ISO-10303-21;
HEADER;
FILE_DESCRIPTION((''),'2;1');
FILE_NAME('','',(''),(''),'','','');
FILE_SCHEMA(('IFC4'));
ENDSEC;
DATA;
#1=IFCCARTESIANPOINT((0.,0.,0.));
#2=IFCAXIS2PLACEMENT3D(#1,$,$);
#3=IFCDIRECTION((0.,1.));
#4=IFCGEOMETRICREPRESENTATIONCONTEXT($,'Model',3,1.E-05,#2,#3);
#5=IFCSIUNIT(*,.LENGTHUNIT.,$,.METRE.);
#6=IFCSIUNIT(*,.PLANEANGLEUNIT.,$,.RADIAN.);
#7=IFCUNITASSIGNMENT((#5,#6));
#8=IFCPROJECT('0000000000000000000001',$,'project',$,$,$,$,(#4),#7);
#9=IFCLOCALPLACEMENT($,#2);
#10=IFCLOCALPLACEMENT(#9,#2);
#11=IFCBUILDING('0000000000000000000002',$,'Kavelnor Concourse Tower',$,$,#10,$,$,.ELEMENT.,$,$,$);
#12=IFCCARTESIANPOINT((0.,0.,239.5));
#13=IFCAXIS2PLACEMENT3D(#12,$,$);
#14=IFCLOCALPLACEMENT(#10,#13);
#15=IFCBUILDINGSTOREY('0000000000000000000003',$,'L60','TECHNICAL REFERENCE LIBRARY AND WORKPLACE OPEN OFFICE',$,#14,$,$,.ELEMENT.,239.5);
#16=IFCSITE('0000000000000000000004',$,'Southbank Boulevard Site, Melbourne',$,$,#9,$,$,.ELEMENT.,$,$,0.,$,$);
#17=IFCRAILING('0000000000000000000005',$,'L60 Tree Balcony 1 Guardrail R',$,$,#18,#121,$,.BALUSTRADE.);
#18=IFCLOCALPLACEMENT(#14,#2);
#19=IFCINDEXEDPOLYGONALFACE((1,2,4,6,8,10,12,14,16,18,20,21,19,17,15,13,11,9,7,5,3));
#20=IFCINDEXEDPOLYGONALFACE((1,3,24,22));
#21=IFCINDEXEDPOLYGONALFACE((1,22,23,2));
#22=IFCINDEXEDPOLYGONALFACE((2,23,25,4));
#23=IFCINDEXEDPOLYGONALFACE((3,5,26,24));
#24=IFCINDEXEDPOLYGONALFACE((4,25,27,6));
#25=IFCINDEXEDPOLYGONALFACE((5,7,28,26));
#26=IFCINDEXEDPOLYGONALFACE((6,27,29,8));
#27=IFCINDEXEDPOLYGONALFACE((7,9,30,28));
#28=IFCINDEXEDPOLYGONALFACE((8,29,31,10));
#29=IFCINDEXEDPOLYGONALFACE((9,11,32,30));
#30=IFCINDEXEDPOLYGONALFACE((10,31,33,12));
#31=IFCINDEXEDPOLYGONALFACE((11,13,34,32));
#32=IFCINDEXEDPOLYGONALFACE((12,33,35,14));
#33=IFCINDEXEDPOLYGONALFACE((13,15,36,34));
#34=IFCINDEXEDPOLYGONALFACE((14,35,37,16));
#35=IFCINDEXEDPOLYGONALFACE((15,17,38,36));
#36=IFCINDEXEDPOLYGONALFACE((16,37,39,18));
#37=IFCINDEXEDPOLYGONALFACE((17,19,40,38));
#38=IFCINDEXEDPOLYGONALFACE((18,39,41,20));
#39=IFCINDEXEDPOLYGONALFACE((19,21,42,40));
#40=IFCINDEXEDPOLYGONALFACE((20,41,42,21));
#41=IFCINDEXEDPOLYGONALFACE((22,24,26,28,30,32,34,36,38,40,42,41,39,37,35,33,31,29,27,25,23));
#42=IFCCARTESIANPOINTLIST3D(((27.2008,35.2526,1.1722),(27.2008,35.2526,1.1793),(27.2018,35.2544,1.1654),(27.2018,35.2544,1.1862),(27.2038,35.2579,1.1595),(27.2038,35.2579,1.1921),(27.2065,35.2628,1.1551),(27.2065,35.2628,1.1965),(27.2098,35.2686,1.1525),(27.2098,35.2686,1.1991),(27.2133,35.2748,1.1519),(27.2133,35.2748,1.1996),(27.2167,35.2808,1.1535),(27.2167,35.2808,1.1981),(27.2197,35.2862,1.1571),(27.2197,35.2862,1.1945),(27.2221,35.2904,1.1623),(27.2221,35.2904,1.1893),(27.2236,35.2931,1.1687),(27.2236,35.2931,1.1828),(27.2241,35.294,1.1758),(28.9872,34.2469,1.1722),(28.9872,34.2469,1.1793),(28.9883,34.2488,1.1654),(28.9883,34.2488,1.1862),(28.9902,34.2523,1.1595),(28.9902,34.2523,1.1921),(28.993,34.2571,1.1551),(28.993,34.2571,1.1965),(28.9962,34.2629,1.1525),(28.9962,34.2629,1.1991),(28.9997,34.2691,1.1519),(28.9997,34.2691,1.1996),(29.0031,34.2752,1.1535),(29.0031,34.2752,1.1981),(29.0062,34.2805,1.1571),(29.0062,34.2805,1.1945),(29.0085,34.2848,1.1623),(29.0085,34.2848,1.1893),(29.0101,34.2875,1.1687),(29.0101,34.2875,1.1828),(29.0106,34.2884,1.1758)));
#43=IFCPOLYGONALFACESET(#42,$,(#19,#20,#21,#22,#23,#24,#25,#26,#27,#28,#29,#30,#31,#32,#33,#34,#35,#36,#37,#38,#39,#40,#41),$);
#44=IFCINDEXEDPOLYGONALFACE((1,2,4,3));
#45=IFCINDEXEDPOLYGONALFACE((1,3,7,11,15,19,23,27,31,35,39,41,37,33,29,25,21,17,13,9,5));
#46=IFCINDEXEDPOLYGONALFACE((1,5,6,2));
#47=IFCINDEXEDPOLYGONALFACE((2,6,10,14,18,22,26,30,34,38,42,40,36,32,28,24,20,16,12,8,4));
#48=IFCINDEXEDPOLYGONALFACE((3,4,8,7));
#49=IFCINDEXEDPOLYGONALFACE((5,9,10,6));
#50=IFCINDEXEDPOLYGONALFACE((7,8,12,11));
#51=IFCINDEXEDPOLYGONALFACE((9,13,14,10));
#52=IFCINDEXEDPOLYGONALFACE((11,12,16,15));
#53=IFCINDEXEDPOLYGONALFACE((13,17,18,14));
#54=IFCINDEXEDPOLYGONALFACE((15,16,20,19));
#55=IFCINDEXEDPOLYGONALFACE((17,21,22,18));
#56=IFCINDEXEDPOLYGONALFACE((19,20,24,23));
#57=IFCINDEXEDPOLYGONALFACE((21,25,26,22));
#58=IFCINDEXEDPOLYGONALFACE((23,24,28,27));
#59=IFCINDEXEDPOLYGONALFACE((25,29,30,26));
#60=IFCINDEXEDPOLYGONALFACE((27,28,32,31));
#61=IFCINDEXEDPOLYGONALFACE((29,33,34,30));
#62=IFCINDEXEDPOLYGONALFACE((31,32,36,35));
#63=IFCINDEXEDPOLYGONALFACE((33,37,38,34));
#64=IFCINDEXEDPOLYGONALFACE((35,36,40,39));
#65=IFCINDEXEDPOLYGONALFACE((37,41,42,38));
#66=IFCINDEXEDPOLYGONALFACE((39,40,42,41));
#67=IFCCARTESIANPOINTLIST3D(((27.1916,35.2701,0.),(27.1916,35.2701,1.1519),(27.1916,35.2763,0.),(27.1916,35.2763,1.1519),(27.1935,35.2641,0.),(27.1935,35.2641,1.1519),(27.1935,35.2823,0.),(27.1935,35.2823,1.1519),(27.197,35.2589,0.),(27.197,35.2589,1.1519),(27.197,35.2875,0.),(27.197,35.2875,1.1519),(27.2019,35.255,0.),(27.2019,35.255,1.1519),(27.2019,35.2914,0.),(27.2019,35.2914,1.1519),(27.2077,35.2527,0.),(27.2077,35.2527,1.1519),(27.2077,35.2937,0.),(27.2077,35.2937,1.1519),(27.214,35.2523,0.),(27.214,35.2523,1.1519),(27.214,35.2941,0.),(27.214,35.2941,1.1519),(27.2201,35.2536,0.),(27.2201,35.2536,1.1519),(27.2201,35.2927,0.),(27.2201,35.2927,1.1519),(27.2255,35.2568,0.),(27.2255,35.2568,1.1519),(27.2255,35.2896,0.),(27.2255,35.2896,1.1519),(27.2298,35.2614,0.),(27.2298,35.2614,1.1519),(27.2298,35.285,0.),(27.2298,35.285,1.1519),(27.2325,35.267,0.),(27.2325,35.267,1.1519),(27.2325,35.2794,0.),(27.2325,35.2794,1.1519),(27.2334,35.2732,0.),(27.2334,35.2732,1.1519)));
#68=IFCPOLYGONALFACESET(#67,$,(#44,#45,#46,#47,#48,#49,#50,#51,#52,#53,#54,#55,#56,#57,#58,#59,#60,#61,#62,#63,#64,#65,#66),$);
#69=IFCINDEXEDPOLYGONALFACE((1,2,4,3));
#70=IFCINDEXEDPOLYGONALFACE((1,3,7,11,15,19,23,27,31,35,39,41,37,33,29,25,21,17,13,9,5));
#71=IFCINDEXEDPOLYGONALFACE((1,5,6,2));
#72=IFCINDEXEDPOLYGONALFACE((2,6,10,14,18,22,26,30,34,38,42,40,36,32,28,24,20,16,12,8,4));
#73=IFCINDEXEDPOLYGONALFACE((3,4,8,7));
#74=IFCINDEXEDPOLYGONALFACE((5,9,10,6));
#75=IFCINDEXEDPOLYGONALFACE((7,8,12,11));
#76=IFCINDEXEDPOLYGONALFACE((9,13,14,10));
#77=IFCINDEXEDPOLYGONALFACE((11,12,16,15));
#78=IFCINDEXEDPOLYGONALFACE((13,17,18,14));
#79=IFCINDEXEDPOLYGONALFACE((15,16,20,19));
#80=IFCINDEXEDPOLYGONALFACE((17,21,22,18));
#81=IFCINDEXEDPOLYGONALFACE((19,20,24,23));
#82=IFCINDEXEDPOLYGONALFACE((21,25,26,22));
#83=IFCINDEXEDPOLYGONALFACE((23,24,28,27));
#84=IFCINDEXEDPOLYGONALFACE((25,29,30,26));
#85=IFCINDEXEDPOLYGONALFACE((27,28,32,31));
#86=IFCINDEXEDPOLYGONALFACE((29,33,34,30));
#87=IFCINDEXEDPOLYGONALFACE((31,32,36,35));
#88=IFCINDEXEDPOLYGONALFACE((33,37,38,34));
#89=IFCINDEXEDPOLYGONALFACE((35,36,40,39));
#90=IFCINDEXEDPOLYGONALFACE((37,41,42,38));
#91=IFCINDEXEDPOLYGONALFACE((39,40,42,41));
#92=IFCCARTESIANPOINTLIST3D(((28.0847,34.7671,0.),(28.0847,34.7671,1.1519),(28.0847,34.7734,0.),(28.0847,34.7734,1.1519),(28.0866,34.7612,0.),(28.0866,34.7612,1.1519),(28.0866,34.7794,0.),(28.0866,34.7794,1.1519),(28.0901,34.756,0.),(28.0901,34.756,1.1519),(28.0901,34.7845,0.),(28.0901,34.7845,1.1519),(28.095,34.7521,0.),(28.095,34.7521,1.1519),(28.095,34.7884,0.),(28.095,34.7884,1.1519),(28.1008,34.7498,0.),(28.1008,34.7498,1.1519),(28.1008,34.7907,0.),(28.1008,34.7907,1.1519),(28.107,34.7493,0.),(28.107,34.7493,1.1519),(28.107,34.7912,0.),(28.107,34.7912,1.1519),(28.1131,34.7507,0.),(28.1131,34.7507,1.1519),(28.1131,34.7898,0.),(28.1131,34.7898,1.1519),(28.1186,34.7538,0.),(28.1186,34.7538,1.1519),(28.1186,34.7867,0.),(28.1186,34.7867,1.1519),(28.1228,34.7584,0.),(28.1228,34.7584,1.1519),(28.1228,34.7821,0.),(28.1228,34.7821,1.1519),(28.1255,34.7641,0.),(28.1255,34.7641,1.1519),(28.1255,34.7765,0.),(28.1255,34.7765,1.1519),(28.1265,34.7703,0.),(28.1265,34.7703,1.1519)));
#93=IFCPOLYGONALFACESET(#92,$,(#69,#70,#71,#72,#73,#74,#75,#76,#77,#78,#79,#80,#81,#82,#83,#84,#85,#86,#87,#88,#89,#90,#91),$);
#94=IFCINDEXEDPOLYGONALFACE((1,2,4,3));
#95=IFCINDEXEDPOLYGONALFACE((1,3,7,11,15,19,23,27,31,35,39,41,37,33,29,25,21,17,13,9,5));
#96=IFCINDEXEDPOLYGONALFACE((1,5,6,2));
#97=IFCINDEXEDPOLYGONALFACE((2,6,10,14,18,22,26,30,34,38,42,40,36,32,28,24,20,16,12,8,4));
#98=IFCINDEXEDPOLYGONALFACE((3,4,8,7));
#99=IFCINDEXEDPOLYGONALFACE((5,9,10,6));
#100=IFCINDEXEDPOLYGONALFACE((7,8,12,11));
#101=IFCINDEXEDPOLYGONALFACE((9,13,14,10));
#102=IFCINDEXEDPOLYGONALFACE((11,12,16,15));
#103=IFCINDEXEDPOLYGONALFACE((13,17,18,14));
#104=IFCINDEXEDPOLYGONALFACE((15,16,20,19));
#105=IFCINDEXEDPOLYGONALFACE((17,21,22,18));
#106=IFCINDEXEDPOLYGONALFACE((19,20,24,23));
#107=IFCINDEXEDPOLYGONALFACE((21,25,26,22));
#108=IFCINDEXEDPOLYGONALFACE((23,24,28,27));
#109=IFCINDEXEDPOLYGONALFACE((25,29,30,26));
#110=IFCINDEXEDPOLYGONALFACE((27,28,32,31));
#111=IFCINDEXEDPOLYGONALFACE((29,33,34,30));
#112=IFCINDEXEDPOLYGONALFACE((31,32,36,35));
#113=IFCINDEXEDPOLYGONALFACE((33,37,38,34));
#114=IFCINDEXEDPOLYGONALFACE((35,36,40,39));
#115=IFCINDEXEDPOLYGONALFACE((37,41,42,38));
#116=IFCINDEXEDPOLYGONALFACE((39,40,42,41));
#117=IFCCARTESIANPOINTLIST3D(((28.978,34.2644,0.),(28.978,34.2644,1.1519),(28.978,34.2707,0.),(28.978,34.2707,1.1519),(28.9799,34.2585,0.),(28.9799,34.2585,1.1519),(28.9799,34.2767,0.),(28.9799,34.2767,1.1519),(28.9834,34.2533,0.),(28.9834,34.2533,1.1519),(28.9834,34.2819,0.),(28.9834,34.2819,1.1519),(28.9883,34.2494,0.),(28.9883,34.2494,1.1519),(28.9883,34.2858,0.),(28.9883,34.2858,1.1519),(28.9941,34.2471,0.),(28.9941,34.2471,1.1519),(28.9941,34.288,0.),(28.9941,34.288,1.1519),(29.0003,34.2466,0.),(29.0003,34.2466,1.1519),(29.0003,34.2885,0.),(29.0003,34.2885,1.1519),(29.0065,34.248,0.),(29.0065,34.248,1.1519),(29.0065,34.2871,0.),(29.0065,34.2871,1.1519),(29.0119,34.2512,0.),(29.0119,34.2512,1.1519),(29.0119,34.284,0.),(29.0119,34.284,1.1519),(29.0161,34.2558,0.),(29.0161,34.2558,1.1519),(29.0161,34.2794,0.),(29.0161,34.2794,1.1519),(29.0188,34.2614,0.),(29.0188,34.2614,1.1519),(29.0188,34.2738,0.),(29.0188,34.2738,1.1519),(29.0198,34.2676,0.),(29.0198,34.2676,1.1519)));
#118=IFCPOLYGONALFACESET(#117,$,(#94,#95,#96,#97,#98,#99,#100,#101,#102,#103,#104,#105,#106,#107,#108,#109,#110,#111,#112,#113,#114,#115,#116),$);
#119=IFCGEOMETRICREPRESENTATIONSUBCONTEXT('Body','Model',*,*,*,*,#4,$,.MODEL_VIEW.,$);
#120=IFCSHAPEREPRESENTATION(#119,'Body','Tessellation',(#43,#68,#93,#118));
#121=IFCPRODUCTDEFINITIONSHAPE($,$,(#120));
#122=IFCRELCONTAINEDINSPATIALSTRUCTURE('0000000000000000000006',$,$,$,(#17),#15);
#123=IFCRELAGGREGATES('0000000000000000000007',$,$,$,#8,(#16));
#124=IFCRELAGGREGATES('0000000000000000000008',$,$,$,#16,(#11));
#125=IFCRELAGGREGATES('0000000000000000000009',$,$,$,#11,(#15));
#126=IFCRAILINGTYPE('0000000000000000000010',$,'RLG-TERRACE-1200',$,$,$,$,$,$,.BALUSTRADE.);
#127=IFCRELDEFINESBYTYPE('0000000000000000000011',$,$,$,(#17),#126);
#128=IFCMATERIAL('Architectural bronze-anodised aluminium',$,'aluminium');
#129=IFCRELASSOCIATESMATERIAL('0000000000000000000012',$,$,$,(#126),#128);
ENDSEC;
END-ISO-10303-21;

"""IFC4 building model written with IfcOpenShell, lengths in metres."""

from ifc_helpers import new_model, si_unit, direction, frame, origin, origin_2d, place, context, subcontext, project, spatial, circle, extrude, material, type_object, element, save


model = new_model("IFC4")

# Units and contexts
model_context = context("Model", 3, precision=1e-05, world=origin(), true_north=direction((0.0, 1.0)))
body_context = subcontext(model_context, "Body", "Model", "MODEL_VIEW")
ifc_project = project(units=[si_unit("LENGTHUNIT", "METRE"), si_unit("PLANEANGLEUNIT", "RADIAN")], contexts=[model_context])

# Site, building, storey
site_placement = place(None, origin())
site = spatial("IfcSite", under=ifc_project, at=site_placement, Name="Southbank Boulevard Site, Melbourne", CompositionType="ELEMENT", RefElevation=0.0)
building_placement = place(site_placement, origin())
building = spatial("IfcBuilding", under=site, at=building_placement, Name="Kavelnor Concourse Tower", CompositionType="ELEMENT")
storey_placement = place(building_placement, frame((0.0, 0.0, 239.5)))
storey = spatial("IfcBuildingStorey", under=building, at=storey_placement, Name="L60", Description="TECHNICAL REFERENCE LIBRARY AND WORKPLACE OPEN OFFICE", CompositionType="ELEMENT", Elevation=239.5)

# Railing
ifc_material_1 = material(Name="Architectural bronze-anodised aluminium", Category="aluminium")
railing_type = type_object("IfcRailingType", Name="RLG-TERRACE-1200", PredefinedType="BALUSTRADE", material=ifc_material_1)
railing_1_placement = place(storey_placement, frame((27.2124, 35.2732, 0.0)))
element("IfcRailing", 1, at=railing_1_placement, inside=storey, type_object=railing_type, Name="L60 Tree Balcony 1 Guardrail R", PredefinedType="BALUSTRADE", context=body_context, shape_type="SweptSolid", body=[
    extrude(circle(Radius=0.0239, at=origin_2d()), frame((0.0, 0.0, 1.1758), z_axis=(0.871413, -0.49055, 0.0), x_axis=(0.49055, 0.871413, 0.0)), (0.0, 0.0, 1.0), 2.05),
    extrude(circle(Radius=0.021, at=origin_2d()), origin(), (0.0, 0.0, 1.0), 1.1519),
    extrude(circle(Radius=0.021, at=origin_2d()), frame((0.8931, -0.5029, 0.0)), (0.0, 0.0, 1.0), 1.1519),
    extrude(circle(Radius=0.021, at=origin_2d()), frame((1.7864, -1.0056, 0.0)), (0.0, 0.0, 1.0), 1.1519),
])

save(model, "model.ifc")
